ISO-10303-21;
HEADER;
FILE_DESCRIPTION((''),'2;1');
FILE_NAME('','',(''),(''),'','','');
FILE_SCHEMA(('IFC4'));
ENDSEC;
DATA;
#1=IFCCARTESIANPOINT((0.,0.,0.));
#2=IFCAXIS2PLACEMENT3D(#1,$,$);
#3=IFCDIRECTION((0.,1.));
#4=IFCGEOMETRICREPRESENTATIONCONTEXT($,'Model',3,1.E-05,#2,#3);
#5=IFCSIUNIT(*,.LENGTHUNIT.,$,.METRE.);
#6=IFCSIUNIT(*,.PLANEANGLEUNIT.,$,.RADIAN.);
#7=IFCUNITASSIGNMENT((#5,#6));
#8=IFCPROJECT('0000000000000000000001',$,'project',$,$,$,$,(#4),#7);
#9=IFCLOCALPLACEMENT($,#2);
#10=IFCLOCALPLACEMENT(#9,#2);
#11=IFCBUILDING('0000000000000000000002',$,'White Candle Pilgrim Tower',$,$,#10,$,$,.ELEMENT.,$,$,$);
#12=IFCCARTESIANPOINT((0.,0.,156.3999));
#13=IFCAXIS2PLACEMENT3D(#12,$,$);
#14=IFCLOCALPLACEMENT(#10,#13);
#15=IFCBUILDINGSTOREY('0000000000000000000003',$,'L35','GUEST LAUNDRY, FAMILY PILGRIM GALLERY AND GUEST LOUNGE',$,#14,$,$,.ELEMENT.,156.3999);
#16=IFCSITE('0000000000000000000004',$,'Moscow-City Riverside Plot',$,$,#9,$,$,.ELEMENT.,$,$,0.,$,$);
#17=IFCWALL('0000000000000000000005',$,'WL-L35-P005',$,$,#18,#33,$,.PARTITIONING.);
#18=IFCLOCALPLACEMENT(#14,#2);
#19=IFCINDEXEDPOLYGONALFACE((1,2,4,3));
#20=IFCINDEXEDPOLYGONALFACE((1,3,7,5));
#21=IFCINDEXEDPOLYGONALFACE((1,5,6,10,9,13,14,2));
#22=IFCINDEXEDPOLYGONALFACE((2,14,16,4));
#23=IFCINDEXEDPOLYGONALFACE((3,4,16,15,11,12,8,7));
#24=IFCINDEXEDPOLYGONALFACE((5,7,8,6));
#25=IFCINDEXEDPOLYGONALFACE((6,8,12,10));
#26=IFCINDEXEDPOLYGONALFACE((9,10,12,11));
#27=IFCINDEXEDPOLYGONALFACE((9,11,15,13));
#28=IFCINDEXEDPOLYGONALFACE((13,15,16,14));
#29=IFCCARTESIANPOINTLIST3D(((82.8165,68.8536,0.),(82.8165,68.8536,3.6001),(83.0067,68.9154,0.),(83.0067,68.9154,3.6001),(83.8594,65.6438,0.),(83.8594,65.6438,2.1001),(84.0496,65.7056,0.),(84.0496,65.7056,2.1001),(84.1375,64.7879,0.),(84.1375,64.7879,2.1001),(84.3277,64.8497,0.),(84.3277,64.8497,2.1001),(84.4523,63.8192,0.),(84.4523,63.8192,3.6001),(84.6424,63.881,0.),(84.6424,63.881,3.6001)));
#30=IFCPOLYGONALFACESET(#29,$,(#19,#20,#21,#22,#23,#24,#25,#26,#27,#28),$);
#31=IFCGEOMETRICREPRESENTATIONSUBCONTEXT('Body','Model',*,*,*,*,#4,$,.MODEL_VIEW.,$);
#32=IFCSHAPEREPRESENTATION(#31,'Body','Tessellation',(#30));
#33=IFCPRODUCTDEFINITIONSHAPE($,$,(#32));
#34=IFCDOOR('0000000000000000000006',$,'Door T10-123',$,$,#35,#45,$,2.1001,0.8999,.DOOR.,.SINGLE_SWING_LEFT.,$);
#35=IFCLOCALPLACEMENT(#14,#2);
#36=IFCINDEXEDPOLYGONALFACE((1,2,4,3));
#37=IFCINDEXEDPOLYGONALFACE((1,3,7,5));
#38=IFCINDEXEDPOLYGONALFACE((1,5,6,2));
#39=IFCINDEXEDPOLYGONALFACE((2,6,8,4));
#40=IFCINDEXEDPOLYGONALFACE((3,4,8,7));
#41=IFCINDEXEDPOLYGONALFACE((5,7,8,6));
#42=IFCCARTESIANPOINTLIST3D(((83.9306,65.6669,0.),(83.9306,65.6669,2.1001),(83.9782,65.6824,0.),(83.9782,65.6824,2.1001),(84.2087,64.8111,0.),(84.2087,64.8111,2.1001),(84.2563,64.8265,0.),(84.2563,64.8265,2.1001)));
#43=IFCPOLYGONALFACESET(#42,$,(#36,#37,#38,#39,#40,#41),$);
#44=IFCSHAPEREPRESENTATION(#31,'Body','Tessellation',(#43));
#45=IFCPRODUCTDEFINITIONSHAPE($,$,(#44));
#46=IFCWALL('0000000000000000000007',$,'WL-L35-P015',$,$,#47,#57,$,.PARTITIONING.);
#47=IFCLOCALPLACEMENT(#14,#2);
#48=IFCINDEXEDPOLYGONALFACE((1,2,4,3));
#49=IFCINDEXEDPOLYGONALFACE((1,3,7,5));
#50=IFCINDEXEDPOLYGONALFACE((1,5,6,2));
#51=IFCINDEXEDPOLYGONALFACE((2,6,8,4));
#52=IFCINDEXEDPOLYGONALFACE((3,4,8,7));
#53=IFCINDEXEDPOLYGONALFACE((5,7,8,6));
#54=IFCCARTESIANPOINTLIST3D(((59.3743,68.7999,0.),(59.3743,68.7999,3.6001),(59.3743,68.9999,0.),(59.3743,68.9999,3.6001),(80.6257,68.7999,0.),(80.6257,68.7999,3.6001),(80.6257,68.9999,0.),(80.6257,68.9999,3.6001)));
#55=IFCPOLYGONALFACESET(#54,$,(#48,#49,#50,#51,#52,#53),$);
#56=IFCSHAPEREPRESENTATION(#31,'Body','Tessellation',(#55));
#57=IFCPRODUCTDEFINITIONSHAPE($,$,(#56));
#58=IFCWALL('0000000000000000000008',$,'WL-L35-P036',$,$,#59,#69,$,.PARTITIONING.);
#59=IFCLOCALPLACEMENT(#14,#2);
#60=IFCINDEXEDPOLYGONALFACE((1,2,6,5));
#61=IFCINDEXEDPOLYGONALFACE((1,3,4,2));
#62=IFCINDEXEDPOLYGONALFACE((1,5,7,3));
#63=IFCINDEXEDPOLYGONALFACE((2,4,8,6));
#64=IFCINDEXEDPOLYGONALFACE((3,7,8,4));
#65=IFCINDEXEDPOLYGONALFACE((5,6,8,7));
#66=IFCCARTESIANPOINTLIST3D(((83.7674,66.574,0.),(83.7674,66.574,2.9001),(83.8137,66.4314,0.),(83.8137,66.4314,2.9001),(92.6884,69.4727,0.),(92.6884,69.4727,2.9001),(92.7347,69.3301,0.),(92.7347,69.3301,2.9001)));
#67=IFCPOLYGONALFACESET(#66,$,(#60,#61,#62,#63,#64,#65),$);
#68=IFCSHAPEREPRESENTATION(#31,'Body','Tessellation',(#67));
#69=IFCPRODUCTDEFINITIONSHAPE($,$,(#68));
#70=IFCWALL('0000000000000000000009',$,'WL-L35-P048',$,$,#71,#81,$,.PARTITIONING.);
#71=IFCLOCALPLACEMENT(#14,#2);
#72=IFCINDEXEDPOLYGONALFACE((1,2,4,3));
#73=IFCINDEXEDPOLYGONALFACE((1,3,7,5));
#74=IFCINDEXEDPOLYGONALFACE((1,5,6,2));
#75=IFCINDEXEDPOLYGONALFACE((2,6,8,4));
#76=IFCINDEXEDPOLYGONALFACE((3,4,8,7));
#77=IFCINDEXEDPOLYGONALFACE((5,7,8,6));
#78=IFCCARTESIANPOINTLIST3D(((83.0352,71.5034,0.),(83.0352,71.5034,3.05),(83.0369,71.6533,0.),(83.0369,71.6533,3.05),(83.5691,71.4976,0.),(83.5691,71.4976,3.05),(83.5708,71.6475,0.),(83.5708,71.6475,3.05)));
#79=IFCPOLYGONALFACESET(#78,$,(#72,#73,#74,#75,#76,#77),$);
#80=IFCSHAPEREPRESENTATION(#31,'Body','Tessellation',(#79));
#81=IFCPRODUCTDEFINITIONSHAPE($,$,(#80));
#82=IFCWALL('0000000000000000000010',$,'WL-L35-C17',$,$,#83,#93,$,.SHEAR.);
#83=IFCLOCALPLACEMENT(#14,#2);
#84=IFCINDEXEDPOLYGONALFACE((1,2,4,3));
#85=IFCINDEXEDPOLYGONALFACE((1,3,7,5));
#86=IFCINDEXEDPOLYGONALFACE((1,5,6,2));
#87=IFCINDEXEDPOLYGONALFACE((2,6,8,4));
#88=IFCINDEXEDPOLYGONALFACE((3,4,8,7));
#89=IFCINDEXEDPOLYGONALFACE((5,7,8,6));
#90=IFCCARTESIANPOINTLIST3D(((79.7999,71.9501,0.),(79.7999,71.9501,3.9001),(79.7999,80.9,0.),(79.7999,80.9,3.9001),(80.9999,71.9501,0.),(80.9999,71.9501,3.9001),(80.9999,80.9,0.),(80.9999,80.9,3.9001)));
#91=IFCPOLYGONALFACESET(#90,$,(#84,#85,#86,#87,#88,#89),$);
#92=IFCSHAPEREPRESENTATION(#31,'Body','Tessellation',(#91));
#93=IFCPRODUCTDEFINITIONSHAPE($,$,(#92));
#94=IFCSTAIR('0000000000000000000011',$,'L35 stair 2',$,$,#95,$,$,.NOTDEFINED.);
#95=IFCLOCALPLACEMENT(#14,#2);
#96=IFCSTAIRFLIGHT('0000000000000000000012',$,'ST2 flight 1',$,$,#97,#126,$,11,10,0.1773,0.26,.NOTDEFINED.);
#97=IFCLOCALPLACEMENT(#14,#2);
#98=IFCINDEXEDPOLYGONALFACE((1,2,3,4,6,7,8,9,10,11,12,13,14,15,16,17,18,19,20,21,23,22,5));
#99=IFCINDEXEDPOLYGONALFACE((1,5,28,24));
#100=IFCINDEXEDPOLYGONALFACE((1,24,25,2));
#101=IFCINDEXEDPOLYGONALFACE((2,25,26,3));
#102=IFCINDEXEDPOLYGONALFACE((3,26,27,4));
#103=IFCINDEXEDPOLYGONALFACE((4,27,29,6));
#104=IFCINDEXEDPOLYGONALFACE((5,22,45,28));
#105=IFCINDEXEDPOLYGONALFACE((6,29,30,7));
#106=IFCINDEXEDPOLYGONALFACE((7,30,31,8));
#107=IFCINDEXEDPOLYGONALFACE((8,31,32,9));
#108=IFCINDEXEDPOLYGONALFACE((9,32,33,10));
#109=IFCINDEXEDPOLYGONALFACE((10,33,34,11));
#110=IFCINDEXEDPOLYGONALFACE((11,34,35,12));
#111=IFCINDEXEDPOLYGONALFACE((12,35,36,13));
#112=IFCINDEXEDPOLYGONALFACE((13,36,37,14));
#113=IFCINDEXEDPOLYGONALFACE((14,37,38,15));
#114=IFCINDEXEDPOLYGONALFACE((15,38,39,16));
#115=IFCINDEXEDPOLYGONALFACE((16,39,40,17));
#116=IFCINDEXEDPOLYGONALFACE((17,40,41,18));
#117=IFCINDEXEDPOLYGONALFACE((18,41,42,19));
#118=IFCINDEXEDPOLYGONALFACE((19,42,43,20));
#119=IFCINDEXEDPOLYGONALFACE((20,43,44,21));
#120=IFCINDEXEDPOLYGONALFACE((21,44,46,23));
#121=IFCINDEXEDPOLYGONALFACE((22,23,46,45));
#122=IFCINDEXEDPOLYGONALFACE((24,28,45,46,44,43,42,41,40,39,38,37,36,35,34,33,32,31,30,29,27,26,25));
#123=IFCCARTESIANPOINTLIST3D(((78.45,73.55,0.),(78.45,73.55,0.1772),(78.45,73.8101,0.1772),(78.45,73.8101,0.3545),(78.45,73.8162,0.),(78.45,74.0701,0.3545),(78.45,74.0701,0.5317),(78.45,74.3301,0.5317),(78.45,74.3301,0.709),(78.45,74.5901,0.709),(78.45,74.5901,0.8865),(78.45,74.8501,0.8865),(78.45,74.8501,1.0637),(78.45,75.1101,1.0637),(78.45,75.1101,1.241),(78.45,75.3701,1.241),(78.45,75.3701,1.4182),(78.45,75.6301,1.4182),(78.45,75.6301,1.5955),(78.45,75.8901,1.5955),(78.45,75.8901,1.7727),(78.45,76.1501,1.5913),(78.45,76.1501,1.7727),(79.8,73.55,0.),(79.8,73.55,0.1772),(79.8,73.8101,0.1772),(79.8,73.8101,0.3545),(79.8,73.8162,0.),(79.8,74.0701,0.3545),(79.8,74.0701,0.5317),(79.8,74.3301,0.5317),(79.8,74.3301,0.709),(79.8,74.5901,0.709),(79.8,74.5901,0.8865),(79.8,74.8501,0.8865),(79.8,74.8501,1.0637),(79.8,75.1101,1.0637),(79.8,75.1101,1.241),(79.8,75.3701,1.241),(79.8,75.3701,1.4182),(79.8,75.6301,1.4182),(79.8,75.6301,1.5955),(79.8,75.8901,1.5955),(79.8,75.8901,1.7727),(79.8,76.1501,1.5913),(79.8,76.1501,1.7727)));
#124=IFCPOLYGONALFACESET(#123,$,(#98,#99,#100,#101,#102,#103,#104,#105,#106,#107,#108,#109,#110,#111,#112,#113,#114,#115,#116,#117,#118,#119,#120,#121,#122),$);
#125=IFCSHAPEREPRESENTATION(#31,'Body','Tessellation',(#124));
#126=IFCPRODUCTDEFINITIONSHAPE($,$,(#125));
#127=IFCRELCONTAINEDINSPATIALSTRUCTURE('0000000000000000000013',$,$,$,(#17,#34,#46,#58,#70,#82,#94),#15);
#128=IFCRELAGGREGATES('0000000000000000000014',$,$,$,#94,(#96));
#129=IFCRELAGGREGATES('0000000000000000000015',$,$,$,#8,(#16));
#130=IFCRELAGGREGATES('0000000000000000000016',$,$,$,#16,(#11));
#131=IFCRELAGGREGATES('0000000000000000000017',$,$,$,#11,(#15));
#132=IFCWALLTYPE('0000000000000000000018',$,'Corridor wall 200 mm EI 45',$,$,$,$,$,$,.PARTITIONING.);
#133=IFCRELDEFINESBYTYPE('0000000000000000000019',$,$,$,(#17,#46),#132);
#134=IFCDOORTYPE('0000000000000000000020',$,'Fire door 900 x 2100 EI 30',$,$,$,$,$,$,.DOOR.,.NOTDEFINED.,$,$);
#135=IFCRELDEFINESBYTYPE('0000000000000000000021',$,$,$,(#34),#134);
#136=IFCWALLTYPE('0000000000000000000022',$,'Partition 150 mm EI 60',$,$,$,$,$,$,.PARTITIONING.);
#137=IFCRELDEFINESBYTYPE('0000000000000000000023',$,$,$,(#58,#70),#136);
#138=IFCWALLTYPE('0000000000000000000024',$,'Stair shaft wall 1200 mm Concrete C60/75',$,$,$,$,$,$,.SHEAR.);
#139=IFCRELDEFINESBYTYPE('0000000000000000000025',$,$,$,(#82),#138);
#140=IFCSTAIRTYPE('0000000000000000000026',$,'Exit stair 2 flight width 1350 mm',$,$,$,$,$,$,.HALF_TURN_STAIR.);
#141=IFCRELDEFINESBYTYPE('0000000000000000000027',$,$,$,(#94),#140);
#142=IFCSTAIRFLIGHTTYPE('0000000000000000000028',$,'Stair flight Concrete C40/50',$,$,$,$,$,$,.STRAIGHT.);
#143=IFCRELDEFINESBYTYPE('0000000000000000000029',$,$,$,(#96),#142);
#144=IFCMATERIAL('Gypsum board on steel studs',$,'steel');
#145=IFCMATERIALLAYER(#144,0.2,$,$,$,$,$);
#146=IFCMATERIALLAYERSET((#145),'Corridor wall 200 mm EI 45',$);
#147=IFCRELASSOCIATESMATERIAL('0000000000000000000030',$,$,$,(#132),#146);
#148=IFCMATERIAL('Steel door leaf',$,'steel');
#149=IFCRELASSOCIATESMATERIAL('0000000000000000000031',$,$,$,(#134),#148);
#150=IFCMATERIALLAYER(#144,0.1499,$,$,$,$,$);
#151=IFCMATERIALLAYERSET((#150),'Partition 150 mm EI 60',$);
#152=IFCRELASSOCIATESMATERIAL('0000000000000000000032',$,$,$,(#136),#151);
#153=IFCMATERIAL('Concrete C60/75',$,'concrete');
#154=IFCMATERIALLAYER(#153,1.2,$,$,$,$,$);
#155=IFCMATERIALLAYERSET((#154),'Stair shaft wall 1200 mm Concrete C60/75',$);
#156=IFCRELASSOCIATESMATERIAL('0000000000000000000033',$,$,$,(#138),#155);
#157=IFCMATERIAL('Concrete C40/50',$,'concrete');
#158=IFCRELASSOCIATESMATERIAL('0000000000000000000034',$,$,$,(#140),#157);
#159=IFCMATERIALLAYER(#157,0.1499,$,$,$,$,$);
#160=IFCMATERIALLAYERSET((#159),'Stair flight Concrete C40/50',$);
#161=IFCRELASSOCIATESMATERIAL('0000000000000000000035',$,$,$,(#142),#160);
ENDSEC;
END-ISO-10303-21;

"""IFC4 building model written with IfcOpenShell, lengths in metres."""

from ifc_helpers import new_model, si_unit, direction, frame, frame_2d, origin, place, context, subcontext, project, spatial, polyline, rectangle, outline, extrude, material, layer, layer_set, type_object, element, fill, aggregate, save


model = new_model("IFC4")

# Units and contexts
model_context = context("Model", 3, precision=1e-05, world=origin(), true_north=direction((0.0, 1.0)))
body_context = subcontext(model_context, "Body", "Model", "MODEL_VIEW")
ifc_project = project(units=[si_unit("LENGTHUNIT", "METRE"), si_unit("PLANEANGLEUNIT", "RADIAN")], contexts=[model_context])

# Site, building, storey
site_placement = place(None, origin())
site = spatial("IfcSite", under=ifc_project, at=site_placement, Name="Moscow-City Riverside Plot", CompositionType="ELEMENT", RefElevation=0.0)
building_placement = place(site_placement, origin())
building = spatial("IfcBuilding", under=site, at=building_placement, Name="White Candle Pilgrim Tower", CompositionType="ELEMENT")
storey_placement = place(building_placement, frame((0.0, 0.0, 156.3999)))
storey = spatial("IfcBuildingStorey", under=building, at=storey_placement, Name="L35", Description="GUEST LAUNDRY, FAMILY PILGRIM GALLERY AND GUEST LOUNGE", CompositionType="ELEMENT", Elevation=156.3999)

# Wall, opening, door
ifc_material_1 = material(Name="Gypsum board on steel studs", Category="steel")
ifc_layer_1 = layer(ifc_material_1, 0.2)
ifc_layer_set_1 = layer_set([ifc_layer_1], Name="Corridor wall 200 mm EI 45")
wall_type_1 = type_object("IfcWallType", Name="Corridor wall 200 mm EI 45", PredefinedType="PARTITIONING", material=ifc_layer_set_1)
wall_1_placement = place(storey_placement, frame((82.9116, 68.8845, 0.0), z_axis=(0.0, 0.0, 1.0), x_axis=(0.30901, -0.951059, 0.0)))
wall_1 = element("IfcWall", 1, at=wall_1_placement, inside=storey, type_object=wall_type_1, Name="WL-L35-P005", PredefinedType="PARTITIONING", context=body_context, shape_type="SweptSolid", body=[
    extrude(rectangle(XDim=5.2935, YDim=0.2, at=frame_2d((2.6467, 0.0))), origin(), (0.0, 0.0, 1.0), 3.6001),
])
opening_placement = place(wall_1_placement, frame((3.375, 0.0, 0.0)))
opening = element("IfcOpeningElement", 2, at=opening_placement, cuts=wall_1, PredefinedType="OPENING", context=body_context, shape_type="SweptSolid", body=[
    extrude(rectangle(XDim=0.8999, YDim=2.1001, at=frame_2d((0.45, 1.05))), frame((0.0, 0.1099, 0.0), z_axis=(0.0, -1.0, 0.0), x_axis=(1.0, 0.0, 0.0)), (0.0, 0.0, 1.0), 0.22),
])
ifc_material_2 = material(Name="Steel door leaf", Category="steel")
door_type = type_object("IfcDoorType", Name="Fire door 900 x 2100 EI 30", OperationType="NOTDEFINED", PredefinedType="DOOR", material=ifc_material_2)
door_placement = place(opening_placement, origin())
door = element("IfcDoor", 3, at=door_placement, inside=storey, type_object=door_type, Name="Door T10-123", OperationType="SINGLE_SWING_LEFT", OverallHeight=2.1001, OverallWidth=0.8999, PredefinedType="DOOR", context=body_context, shape_type="SweptSolid", body=[
    extrude(rectangle(XDim=0.8999, YDim=2.1001, at=frame_2d((0.45, 1.05))), frame((0.0, 0.0249, 0.0), z_axis=(0.0, -1.0, 0.0), x_axis=(1.0, 0.0, 0.0)), (0.0, 0.0, 1.0), 0.05),
])
fill(opening, door)

# Walls
wall_2_placement = place(storey_placement, frame((80.6257, 68.8999, 0.0), z_axis=(0.0, 0.0, 1.0), x_axis=(-1.0, 0.0, 0.0)))
element("IfcWall", 4, at=wall_2_placement, inside=storey, type_object=wall_type_1, Name="WL-L35-P015", PredefinedType="PARTITIONING", context=body_context, shape_type="SweptSolid", body=[
    extrude(rectangle(XDim=21.2515, YDim=0.2, at=frame_2d((10.6257, 0.0))), origin(), (0.0, 0.0, 1.0), 3.6001),
])
ifc_layer_2 = layer(ifc_material_1, 0.1499)
ifc_layer_set_2 = layer_set([ifc_layer_2], Name="Partition 150 mm EI 60")
wall_type_2 = type_object("IfcWallType", Name="Partition 150 mm EI 60", PredefinedType="PARTITIONING", material=ifc_layer_set_2)
wall_3_placement = place(storey_placement, frame((92.7114, 69.4014, 0.0), z_axis=(0.0, 0.0, 1.0), x_axis=(-0.951053, -0.309027, 0.0)))
element("IfcWall", 5, at=wall_3_placement, inside=storey, type_object=wall_type_2, Name="WL-L35-P036", PredefinedType="PARTITIONING", context=body_context, shape_type="SweptSolid", body=[
    extrude(rectangle(XDim=9.3801, YDim=0.1499, at=frame_2d((4.6899, 0.0))), origin(), (0.0, 0.0, 1.0), 2.9001),
])
wall_4_placement = place(storey_placement, frame((83.5701, 71.5725, 0.0), z_axis=(0.0, 0.0, 1.0), x_axis=(-0.99994, 0.010973, 0.0)))
element("IfcWall", 6, at=wall_4_placement, inside=storey, type_object=wall_type_2, Name="WL-L35-P048", PredefinedType="PARTITIONING", context=body_context, shape_type="SweptSolid", body=[
    extrude(rectangle(XDim=0.5339, YDim=0.1499, at=frame_2d((0.2671, 0.0))), origin(), (0.0, 0.0, 1.0), 3.05),
])
ifc_material_3 = material(Name="Concrete C60/75", Category="concrete")
ifc_layer_3 = layer(ifc_material_3, 1.2)
ifc_layer_set_3 = layer_set([ifc_layer_3], Name="Stair shaft wall 1200 mm Concrete C60/75")
wall_type_3 = type_object("IfcWallType", Name="Stair shaft wall 1200 mm Concrete C60/75", PredefinedType="SHEAR", material=ifc_layer_set_3)
wall_5_placement = place(storey_placement, frame((80.3999, 71.95, 0.0), z_axis=(0.0, 0.0, 1.0), x_axis=(0.0, 1.0, 0.0)))
element("IfcWall", 7, at=wall_5_placement, inside=storey, type_object=wall_type_3, Name="WL-L35-C17", PredefinedType="SHEAR", context=body_context, shape_type="SweptSolid", body=[
    extrude(rectangle(XDim=8.95, YDim=1.2, at=frame_2d((4.4751, 0.0))), origin(), (0.0, 0.0, 1.0), 3.9001),
])

# Stair, stair flight
ifc_material_4 = material(Name="Concrete C40/50", Category="concrete")
stair_type = type_object("IfcStairType", Name="Exit stair 2 flight width 1350 mm", PredefinedType="HALF_TURN_STAIR", material=ifc_material_4)
stair_placement = place(storey_placement, origin())
stair = element("IfcStair", 8, at=stair_placement, inside=storey, type_object=stair_type, Name="L35 stair 2", PredefinedType="NOTDEFINED")
ifc_layer_4 = layer(ifc_material_4, 0.1499)
ifc_layer_set_4 = layer_set([ifc_layer_4], Name="Stair flight Concrete C40/50")
stair_flight_type = type_object("IfcStairFlightType", Name="Stair flight Concrete C40/50", PredefinedType="STRAIGHT", material=ifc_layer_set_4)
stair_flight_placement = place(storey_placement, frame((79.125, 73.55, 0.0), z_axis=(0.0, 0.0, 1.0), x_axis=(0.0, 1.0, 0.0)))
stair_flight = element("IfcStairFlight", 9, at=stair_flight_placement, type_object=stair_flight_type, Name="ST2 flight 1", NumberOfRisers=11, NumberOfTreads=10, PredefinedType="NOTDEFINED", RiserHeight=0.1773, TreadLength=0.26, context=body_context, shape_type="SweptSolid", body=[
    extrude(outline(polyline([(0.0, 0.0), (0.0, 0.1772), (0.26, 0.1772), (0.26, 0.3545), (0.52, 0.3545), (0.52, 0.5317), (0.78, 0.5317), (0.78, 0.709), (1.04, 0.709), (1.04, 0.8865), (1.3, 0.8865), (1.3, 1.0637), (1.5601, 1.0637), (1.5601, 1.241), (1.8201, 1.241), (1.8201, 1.4182), (2.0801, 1.4182), (2.0801, 1.5955), (2.3401, 1.5955), (2.3401, 1.7727), (2.6001, 1.7727), (2.6001, 1.95), (2.6001, 1.5913), (0.2661, 0.0), (0.0, 0.0)])), frame((0.0, 0.675, 0.0), z_axis=(0.0, -1.0, 0.0), x_axis=(1.0, 0.0, 0.0)), (0.0, 0.0, 1.0), 1.3501),
])
aggregate(stair, [stair_flight])

save(model, "model.ifc")
